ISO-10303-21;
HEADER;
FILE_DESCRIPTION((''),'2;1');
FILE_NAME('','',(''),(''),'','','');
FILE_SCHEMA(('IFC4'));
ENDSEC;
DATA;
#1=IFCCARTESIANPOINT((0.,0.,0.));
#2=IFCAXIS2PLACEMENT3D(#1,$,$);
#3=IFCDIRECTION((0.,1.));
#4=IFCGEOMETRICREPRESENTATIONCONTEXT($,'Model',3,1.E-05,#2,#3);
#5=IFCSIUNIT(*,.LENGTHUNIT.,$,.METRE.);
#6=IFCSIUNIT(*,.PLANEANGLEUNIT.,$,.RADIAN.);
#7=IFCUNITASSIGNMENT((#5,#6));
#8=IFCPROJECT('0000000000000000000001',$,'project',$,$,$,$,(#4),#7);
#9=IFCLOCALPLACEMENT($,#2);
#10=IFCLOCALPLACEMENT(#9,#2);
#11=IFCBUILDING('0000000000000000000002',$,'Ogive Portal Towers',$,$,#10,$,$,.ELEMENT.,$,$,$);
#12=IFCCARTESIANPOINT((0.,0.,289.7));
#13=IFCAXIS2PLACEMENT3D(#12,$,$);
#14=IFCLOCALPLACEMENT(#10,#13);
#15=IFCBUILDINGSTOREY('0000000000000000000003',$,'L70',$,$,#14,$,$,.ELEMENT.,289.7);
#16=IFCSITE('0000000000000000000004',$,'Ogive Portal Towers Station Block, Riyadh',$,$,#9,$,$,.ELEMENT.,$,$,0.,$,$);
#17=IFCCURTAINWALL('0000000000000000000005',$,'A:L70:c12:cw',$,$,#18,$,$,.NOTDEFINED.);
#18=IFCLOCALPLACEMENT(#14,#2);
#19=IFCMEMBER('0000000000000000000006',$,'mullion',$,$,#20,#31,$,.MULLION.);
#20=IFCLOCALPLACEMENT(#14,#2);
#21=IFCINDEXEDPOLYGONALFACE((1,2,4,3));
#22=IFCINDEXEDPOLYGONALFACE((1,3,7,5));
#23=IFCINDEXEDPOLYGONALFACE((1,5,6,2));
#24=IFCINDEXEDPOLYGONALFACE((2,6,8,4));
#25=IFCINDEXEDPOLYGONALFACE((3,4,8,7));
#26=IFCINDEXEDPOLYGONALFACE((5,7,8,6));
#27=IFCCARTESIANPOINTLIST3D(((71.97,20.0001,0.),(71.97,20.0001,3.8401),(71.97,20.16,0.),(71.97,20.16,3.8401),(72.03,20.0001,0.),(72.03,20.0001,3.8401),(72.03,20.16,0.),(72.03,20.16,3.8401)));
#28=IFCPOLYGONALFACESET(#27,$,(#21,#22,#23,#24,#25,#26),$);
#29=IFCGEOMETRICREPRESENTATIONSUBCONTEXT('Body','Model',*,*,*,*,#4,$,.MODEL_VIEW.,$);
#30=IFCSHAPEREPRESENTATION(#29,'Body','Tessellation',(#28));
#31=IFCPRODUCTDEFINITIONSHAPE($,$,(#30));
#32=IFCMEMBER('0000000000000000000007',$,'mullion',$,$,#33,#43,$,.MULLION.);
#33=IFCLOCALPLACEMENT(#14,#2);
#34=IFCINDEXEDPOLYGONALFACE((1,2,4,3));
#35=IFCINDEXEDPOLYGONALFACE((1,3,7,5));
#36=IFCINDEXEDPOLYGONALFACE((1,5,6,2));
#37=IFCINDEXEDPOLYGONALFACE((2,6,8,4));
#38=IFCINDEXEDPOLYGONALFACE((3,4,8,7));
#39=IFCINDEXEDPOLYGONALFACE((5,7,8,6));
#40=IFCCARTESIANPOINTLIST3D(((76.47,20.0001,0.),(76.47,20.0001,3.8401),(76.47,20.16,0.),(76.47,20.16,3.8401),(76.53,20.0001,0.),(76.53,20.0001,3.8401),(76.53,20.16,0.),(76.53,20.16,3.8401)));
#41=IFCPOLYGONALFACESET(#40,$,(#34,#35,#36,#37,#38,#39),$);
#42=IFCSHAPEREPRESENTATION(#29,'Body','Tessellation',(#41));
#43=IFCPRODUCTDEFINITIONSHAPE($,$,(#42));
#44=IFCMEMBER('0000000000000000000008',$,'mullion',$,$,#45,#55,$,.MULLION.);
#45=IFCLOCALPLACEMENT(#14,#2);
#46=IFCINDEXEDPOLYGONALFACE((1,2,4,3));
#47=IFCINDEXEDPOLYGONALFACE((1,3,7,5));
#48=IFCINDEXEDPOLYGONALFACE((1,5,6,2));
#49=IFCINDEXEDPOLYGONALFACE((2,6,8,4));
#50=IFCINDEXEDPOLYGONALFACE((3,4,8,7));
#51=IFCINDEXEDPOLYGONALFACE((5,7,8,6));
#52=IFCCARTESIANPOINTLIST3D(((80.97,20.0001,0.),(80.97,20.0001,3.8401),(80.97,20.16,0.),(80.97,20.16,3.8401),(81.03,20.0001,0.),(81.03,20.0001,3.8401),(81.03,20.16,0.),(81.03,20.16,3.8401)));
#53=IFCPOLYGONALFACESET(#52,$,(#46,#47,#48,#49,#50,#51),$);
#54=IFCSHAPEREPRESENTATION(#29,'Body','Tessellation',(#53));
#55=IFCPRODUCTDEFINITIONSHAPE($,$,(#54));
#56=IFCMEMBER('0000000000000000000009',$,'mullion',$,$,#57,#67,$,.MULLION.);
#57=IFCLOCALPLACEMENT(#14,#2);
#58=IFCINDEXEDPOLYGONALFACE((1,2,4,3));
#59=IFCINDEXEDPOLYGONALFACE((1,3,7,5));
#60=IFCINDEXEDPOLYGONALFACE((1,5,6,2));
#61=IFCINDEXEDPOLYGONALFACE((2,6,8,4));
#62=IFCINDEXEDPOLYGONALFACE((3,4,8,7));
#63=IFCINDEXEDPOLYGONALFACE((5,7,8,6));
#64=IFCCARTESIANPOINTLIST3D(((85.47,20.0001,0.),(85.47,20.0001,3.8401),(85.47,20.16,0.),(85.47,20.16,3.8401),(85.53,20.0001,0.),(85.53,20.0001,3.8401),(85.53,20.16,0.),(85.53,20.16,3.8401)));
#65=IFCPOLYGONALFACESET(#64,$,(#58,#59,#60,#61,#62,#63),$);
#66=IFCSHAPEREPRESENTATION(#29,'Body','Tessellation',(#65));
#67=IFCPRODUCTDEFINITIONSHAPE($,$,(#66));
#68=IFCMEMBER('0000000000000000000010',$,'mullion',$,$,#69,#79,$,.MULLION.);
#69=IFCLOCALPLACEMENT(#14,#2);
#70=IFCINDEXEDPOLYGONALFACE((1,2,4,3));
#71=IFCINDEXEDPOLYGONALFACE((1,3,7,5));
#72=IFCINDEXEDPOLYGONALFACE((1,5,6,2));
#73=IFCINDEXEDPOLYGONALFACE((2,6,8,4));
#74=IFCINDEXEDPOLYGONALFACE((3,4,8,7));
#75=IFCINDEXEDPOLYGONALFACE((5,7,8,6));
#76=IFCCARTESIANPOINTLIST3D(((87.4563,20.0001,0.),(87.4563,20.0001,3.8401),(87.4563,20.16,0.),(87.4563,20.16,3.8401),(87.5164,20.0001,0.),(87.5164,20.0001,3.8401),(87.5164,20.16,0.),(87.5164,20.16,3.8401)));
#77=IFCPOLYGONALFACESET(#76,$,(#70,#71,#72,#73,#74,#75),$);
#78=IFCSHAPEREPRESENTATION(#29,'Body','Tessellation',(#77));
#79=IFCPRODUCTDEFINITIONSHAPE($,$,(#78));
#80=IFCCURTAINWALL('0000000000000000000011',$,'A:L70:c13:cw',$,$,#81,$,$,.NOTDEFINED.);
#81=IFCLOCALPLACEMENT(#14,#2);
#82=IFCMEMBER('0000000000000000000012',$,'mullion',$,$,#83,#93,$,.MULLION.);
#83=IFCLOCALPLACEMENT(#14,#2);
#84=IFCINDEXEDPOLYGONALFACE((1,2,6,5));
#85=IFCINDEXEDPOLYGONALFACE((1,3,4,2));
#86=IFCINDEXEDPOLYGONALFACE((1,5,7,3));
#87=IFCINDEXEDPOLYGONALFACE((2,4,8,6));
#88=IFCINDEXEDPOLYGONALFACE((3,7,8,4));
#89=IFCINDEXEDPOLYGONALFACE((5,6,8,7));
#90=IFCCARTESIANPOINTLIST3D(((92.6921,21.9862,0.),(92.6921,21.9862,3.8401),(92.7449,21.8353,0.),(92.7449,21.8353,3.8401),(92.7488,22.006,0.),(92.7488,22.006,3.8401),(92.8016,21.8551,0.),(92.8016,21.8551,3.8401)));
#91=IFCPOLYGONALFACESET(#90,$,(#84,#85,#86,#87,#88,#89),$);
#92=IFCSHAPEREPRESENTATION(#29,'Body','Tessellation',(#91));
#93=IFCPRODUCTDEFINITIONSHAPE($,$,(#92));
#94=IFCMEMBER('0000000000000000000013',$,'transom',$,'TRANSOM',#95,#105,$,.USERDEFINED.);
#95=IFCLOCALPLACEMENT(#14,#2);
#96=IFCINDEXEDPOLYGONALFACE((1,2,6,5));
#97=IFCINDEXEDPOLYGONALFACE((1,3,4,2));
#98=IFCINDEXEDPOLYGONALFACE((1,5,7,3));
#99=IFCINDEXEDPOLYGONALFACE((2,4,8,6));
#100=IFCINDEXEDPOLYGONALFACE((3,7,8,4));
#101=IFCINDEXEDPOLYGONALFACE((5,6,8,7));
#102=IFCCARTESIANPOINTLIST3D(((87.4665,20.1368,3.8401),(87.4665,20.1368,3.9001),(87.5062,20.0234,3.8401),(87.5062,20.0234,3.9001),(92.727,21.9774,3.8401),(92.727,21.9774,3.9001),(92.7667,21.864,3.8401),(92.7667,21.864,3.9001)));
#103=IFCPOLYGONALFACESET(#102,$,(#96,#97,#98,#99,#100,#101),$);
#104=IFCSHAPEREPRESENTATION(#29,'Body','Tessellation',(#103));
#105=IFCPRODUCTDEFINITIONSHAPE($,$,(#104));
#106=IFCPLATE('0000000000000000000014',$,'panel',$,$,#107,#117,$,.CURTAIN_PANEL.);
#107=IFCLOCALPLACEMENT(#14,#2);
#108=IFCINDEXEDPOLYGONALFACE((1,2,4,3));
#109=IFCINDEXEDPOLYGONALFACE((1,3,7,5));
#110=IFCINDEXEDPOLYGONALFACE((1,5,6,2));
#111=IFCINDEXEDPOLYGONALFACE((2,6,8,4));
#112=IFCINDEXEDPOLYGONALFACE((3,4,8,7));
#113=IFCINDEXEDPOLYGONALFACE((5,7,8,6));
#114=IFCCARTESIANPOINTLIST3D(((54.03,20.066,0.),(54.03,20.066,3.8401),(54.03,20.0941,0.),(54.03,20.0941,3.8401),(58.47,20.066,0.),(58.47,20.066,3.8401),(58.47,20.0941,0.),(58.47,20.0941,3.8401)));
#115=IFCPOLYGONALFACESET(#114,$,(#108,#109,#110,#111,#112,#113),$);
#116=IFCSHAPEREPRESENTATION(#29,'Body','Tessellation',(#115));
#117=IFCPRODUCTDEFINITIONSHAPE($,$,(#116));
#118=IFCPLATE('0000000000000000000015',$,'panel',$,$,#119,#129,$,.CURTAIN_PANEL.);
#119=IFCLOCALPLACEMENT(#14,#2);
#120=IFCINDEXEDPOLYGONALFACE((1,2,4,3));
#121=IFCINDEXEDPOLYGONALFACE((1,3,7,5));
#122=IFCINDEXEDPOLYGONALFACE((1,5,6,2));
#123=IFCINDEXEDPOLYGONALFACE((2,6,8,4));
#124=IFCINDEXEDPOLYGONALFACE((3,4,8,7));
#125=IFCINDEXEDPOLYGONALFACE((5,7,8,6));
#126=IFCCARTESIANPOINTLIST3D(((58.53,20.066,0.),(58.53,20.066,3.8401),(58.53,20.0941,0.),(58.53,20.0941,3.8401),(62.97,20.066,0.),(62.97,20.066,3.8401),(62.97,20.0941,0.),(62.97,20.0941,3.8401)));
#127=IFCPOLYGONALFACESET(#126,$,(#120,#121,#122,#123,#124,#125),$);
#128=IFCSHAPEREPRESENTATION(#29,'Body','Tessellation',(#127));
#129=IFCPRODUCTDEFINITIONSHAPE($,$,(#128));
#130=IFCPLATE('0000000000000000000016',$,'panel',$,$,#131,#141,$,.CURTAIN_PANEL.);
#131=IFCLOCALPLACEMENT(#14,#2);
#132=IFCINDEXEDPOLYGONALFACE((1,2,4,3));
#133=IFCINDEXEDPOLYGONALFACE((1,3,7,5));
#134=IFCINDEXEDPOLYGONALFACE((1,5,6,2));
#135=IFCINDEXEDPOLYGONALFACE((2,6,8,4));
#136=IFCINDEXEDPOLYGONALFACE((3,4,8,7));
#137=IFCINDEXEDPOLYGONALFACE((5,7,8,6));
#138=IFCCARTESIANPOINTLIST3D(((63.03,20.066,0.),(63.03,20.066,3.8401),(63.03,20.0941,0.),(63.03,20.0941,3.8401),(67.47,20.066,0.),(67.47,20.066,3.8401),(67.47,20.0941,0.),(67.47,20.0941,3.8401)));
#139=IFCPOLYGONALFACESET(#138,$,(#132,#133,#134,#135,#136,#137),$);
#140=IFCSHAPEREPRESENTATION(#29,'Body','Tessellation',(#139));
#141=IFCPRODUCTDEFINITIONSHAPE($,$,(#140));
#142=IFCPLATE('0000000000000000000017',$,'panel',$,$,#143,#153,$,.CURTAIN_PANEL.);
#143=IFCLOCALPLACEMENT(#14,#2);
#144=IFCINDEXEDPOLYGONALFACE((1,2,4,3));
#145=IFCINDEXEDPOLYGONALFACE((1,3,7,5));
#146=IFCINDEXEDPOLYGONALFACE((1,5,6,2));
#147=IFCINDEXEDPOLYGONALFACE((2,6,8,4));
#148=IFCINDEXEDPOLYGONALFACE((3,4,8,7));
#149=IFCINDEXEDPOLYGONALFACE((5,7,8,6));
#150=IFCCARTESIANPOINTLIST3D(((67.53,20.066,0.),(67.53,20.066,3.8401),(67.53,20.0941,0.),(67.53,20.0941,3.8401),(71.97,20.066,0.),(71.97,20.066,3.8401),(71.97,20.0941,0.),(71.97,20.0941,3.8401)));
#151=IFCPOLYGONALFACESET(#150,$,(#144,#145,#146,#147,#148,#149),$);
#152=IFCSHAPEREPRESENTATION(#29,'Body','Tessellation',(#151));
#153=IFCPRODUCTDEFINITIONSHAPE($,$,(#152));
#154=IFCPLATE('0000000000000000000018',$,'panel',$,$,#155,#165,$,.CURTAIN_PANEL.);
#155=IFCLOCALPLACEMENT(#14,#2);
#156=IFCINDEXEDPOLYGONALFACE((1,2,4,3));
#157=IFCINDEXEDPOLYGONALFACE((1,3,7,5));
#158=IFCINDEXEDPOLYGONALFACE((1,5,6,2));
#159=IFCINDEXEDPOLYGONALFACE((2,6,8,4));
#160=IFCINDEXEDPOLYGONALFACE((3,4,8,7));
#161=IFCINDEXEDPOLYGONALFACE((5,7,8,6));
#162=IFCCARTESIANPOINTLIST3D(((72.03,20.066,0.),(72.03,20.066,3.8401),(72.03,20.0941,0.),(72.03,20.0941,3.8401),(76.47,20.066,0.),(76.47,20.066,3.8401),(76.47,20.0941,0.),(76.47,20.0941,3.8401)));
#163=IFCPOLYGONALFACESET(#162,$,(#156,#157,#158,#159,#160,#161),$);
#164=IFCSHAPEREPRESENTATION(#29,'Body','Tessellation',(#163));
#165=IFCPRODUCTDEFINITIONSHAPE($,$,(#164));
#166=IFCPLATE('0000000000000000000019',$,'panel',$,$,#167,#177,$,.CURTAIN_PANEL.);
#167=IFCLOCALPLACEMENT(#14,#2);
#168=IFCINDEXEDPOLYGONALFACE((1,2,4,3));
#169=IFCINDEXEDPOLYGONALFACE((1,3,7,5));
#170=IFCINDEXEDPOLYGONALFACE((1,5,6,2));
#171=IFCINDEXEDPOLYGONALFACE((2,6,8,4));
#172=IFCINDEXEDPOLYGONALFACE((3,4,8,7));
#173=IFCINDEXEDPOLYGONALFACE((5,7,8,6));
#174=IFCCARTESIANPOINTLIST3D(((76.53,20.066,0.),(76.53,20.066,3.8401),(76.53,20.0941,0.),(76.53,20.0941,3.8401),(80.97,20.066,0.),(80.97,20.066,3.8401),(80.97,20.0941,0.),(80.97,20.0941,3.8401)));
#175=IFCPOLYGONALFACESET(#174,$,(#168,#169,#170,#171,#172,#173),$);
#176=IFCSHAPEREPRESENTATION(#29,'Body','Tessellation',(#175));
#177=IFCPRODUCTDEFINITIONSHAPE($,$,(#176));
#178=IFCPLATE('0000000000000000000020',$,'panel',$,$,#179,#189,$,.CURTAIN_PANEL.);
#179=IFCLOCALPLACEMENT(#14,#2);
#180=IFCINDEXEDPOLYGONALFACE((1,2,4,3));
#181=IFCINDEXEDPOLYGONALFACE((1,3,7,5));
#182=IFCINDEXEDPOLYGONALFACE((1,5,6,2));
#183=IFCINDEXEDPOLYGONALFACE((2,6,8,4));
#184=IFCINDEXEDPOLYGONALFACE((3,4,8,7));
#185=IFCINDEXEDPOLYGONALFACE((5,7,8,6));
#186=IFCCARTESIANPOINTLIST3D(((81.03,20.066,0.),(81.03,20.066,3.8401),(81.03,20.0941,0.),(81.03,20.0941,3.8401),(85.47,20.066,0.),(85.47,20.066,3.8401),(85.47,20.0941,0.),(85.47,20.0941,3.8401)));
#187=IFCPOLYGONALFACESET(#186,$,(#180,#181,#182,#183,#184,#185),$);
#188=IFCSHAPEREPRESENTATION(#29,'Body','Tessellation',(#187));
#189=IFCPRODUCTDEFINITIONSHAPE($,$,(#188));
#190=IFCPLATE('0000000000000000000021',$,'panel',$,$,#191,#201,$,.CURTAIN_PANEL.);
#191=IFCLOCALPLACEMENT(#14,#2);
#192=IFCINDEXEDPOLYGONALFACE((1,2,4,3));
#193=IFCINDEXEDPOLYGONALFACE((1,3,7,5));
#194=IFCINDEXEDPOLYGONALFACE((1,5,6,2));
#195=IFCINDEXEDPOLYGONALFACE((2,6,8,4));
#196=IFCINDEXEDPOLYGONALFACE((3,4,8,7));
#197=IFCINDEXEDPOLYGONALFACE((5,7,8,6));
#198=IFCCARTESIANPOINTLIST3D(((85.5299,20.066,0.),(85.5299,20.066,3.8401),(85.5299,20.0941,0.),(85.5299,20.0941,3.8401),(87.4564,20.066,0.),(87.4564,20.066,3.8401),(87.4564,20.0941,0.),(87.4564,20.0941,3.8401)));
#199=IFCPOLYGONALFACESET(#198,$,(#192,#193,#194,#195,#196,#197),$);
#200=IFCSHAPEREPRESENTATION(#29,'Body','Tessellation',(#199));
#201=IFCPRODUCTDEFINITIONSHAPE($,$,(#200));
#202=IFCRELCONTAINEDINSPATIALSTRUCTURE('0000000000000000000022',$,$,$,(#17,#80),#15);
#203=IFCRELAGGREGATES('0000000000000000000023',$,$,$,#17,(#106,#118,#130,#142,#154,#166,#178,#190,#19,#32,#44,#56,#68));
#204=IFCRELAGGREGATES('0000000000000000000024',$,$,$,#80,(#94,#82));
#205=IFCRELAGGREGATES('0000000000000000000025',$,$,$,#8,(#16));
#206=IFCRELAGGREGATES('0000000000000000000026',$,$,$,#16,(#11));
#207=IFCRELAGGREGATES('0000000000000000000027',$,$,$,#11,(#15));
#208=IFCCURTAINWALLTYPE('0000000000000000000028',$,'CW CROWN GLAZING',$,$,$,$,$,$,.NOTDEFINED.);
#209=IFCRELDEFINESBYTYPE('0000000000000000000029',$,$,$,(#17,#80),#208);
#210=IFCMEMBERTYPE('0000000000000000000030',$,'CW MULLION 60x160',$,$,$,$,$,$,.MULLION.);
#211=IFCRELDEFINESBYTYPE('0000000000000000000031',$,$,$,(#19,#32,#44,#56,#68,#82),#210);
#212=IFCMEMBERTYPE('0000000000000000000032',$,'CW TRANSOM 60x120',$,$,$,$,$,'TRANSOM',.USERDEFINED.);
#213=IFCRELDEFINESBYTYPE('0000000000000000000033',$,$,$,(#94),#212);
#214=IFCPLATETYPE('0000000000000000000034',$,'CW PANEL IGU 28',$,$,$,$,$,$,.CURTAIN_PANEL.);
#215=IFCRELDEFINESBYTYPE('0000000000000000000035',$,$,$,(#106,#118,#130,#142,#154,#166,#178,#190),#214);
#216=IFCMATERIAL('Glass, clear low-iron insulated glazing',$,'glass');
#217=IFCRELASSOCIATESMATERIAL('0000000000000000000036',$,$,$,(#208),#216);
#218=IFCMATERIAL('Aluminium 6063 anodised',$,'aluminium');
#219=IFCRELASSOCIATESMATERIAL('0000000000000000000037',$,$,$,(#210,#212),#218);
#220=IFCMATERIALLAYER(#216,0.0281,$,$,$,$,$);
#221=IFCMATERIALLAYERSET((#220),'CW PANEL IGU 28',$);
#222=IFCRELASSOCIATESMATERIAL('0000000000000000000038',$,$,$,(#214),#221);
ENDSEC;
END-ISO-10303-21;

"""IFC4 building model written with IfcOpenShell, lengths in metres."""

from ifc_helpers import new_model, si_unit, direction, frame, origin, origin_2d, place, context, subcontext, project, spatial, rectangle, extrude, material, layer, layer_set, material_profile, profile_set, type_object, element, aggregate, save


model = new_model("IFC4")

# Units and contexts
model_context = context("Model", 3, precision=1e-05, world=origin(), true_north=direction((0.0, 1.0)))
body_context = subcontext(model_context, "Body", "Model", "MODEL_VIEW")
ifc_project = project(units=[si_unit("LENGTHUNIT", "METRE"), si_unit("PLANEANGLEUNIT", "RADIAN")], contexts=[model_context])

# Site, building, storey
site_placement = place(None, origin())
site = spatial("IfcSite", under=ifc_project, at=site_placement, Name="Ogive Portal Towers Station Block, Riyadh", CompositionType="ELEMENT", RefElevation=0.0)
building_placement = place(site_placement, origin())
building = spatial("IfcBuilding", under=site, at=building_placement, Name="Ogive Portal Towers", CompositionType="ELEMENT")
storey_placement = place(building_placement, frame((0.0, 0.0, 289.7)))
storey = spatial("IfcBuildingStorey", under=building, at=storey_placement, Name="L70", CompositionType="ELEMENT", Elevation=289.7)

# Curtain walls, members
ifc_material_1 = material(Name="Glass, clear low-iron insulated glazing", Category="glass")
curtain_wall_type = type_object("IfcCurtainWallType", Name="CW CROWN GLAZING", PredefinedType="NOTDEFINED", material=ifc_material_1)
curtain_wall_1_placement = place(storey_placement, origin())
curtain_wall_1 = element("IfcCurtainWall", 1, at=curtain_wall_1_placement, inside=storey, type_object=curtain_wall_type, Name="A:L70:c12:cw", PredefinedType="NOTDEFINED")
ifc_material_2 = material(Name="Aluminium 6063 anodised", Category="aluminium")
ifc_material_profile_1 = material_profile(ifc_material_2, rectangle(XDim=0.1599, YDim=0.0601, at=origin_2d()), Name="AL 60x160")
ifc_profile_set_1 = profile_set([ifc_material_profile_1], Name="Aluminium 6063 anodised")
member_type_1 = type_object("IfcMemberType", Name="CW MULLION 60x160", PredefinedType="MULLION", material=ifc_profile_set_1)
member_1_placement = place(storey_placement, frame((72.0, 20.0801, 0.0), z_axis=(0.0, 0.0, 1.0), x_axis=(0.0, 1.0, 0.0)))
member_1 = element("IfcMember", 2, at=member_1_placement, type_object=member_type_1, Name="mullion", PredefinedType="MULLION", context=body_context, shape_type="SweptSolid", body=[
    extrude(rectangle(XDim=0.1599, YDim=0.0601, at=origin_2d()), origin(), (0.0, 0.0, 1.0), 3.8401),
])
member_2_placement = place(storey_placement, frame((76.5, 20.0801, 0.0), z_axis=(0.0, 0.0, 1.0), x_axis=(0.0, 1.0, 0.0)))
member_2 = element("IfcMember", 3, at=member_2_placement, type_object=member_type_1, Name="mullion", PredefinedType="MULLION", context=body_context, shape_type="SweptSolid", body=[
    extrude(rectangle(XDim=0.1599, YDim=0.0601, at=origin_2d()), origin(), (0.0, 0.0, 1.0), 3.8401),
])
member_3_placement = place(storey_placement, frame((81.0, 20.0801, 0.0), z_axis=(0.0, 0.0, 1.0), x_axis=(0.0, 1.0, 0.0)))
member_3 = element("IfcMember", 4, at=member_3_placement, type_object=member_type_1, Name="mullion", PredefinedType="MULLION", context=body_context, shape_type="SweptSolid", body=[
    extrude(rectangle(XDim=0.1599, YDim=0.0601, at=origin_2d()), origin(), (0.0, 0.0, 1.0), 3.8401),
])
member_4_placement = place(storey_placement, frame((85.5, 20.0801, 0.0), z_axis=(0.0, 0.0, 1.0), x_axis=(0.0, 1.0, 0.0)))
member_4 = element("IfcMember", 5, at=member_4_placement, type_object=member_type_1, Name="mullion", PredefinedType="MULLION", context=body_context, shape_type="SweptSolid", body=[
    extrude(rectangle(XDim=0.1599, YDim=0.0601, at=origin_2d()), origin(), (0.0, 0.0, 1.0), 3.8401),
])
member_5_placement = place(storey_placement, frame((87.4863, 20.0801, 0.0), z_axis=(0.0, 0.0, 1.0), x_axis=(0.0, 1.0, 0.0)))
member_5 = element("IfcMember", 6, at=member_5_placement, type_object=member_type_1, Name="mullion", PredefinedType="MULLION", context=body_context, shape_type="SweptSolid", body=[
    extrude(rectangle(XDim=0.1599, YDim=0.0601, at=origin_2d()), origin(), (0.0, 0.0, 1.0), 3.8401),
])
curtain_wall_2_placement = place(storey_placement, origin())
curtain_wall_2 = element("IfcCurtainWall", 7, at=curtain_wall_2_placement, inside=storey, type_object=curtain_wall_type, Name="A:L70:c13:cw", PredefinedType="NOTDEFINED")
member_6_placement = place(storey_placement, frame((92.7468, 21.9207, 0.0), z_axis=(0.0, 0.0, 1.0), x_axis=(-0.330279, 0.943883, 0.0)))
member_6 = element("IfcMember", 8, at=member_6_placement, type_object=member_type_1, Name="mullion", PredefinedType="MULLION", context=body_context, shape_type="SweptSolid", body=[
    extrude(rectangle(XDim=0.1599, YDim=0.0601, at=origin_2d()), origin(), (0.0, 0.0, 1.0), 3.8401),
])
ifc_material_profile_2 = material_profile(ifc_material_2, rectangle(XDim=0.1201, YDim=0.0601, at=origin_2d()), Name="AL 120x60")
ifc_profile_set_2 = profile_set([ifc_material_profile_2], Name="Aluminium 6063 anodised")
member_type_2 = type_object("IfcMemberType", Name="CW TRANSOM 60x120", ElementType="TRANSOM", PredefinedType="USERDEFINED", material=ifc_profile_set_2)
member_7_placement = place(storey_placement, frame((87.4863, 20.0801, 3.8701), z_axis=(0.943892, 0.330255, 0.0), x_axis=(-0.330255, 0.943892, 0.0)))
member_7 = element("IfcMember", 9, at=member_7_placement, type_object=member_type_2, Name="transom", ObjectType="TRANSOM", PredefinedType="USERDEFINED", context=body_context, shape_type="SweptSolid", body=[
    extrude(rectangle(XDim=0.1201, YDim=0.0601, at=origin_2d()), origin(), (0.0, 0.0, 1.0), 5.5732),
])

# Plates
ifc_layer_1 = layer(ifc_material_1, 0.0281)
ifc_layer_set_1 = layer_set([ifc_layer_1], Name="CW PANEL IGU 28")
plate_type = type_object("IfcPlateType", Name="CW PANEL IGU 28", PredefinedType="CURTAIN_PANEL", material=ifc_layer_set_1)
plate_1_placement = place(storey_placement, frame((56.25, 20.0801, 0.0), z_axis=(0.0, 0.0, 1.0), x_axis=(1.0, 0.0, 0.0)))
plate_1 = element("IfcPlate", 10, at=plate_1_placement, type_object=plate_type, Name="panel", PredefinedType="CURTAIN_PANEL", context=body_context, shape_type="SweptSolid", body=[
    extrude(rectangle(XDim=4.4399, YDim=0.0281, at=origin_2d()), origin(), (0.0, 0.0, 1.0), 3.8401),
])
plate_2_placement = place(storey_placement, frame((60.75, 20.0801, 0.0), z_axis=(0.0, 0.0, 1.0), x_axis=(1.0, 0.0, 0.0)))
plate_2 = element("IfcPlate", 11, at=plate_2_placement, type_object=plate_type, Name="panel", PredefinedType="CURTAIN_PANEL", context=body_context, shape_type="SweptSolid", body=[
    extrude(rectangle(XDim=4.4399, YDim=0.0281, at=origin_2d()), origin(), (0.0, 0.0, 1.0), 3.8401),
])
plate_3_placement = place(storey_placement, frame((65.25, 20.0801, 0.0), z_axis=(0.0, 0.0, 1.0), x_axis=(1.0, 0.0, 0.0)))
plate_3 = element("IfcPlate", 12, at=plate_3_placement, type_object=plate_type, Name="panel", PredefinedType="CURTAIN_PANEL", context=body_context, shape_type="SweptSolid", body=[
    extrude(rectangle(XDim=4.4399, YDim=0.0281, at=origin_2d()), origin(), (0.0, 0.0, 1.0), 3.8401),
])
plate_4_placement = place(storey_placement, frame((69.75, 20.0801, 0.0), z_axis=(0.0, 0.0, 1.0), x_axis=(1.0, 0.0, 0.0)))
plate_4 = element("IfcPlate", 13, at=plate_4_placement, type_object=plate_type, Name="panel", PredefinedType="CURTAIN_PANEL", context=body_context, shape_type="SweptSolid", body=[
    extrude(rectangle(XDim=4.4399, YDim=0.0281, at=origin_2d()), origin(), (0.0, 0.0, 1.0), 3.8401),
])
plate_5_placement = place(storey_placement, frame((74.25, 20.0801, 0.0), z_axis=(0.0, 0.0, 1.0), x_axis=(1.0, 0.0, 0.0)))
plate_5 = element("IfcPlate", 14, at=plate_5_placement, type_object=plate_type, Name="panel", PredefinedType="CURTAIN_PANEL", context=body_context, shape_type="SweptSolid", body=[
    extrude(rectangle(XDim=4.4399, YDim=0.0281, at=origin_2d()), origin(), (0.0, 0.0, 1.0), 3.8401),
])
plate_6_placement = place(storey_placement, frame((78.75, 20.0801, 0.0), z_axis=(0.0, 0.0, 1.0), x_axis=(1.0, 0.0, 0.0)))
plate_6 = element("IfcPlate", 15, at=plate_6_placement, type_object=plate_type, Name="panel", PredefinedType="CURTAIN_PANEL", context=body_context, shape_type="SweptSolid", body=[
    extrude(rectangle(XDim=4.4399, YDim=0.0281, at=origin_2d()), origin(), (0.0, 0.0, 1.0), 3.8401),
])
plate_7_placement = place(storey_placement, frame((83.25, 20.0801, 0.0), z_axis=(0.0, 0.0, 1.0), x_axis=(1.0, 0.0, 0.0)))
plate_7 = element("IfcPlate", 16, at=plate_7_placement, type_object=plate_type, Name="panel", PredefinedType="CURTAIN_PANEL", context=body_context, shape_type="SweptSolid", body=[
    extrude(rectangle(XDim=4.4399, YDim=0.0281, at=origin_2d()), origin(), (0.0, 0.0, 1.0), 3.8401),
])
plate_8_placement = place(storey_placement, frame((86.4932, 20.0801, 0.0), z_axis=(0.0, 0.0, 1.0), x_axis=(1.0, 0.0, 0.0)))
plate_8 = element("IfcPlate", 17, at=plate_8_placement, type_object=plate_type, Name="panel", PredefinedType="CURTAIN_PANEL", context=body_context, shape_type="SweptSolid", body=[
    extrude(rectangle(XDim=1.9265, YDim=0.0281, at=origin_2d()), origin(), (0.0, 0.0, 1.0), 3.8401),
])
aggregate(curtain_wall_1, [plate_1, plate_2, plate_3, plate_4, plate_5, plate_6, plate_7, plate_8, member_1, member_2, member_3, member_4, member_5])
aggregate(curtain_wall_2, [member_7, member_6])

save(model, "model.ifc")
